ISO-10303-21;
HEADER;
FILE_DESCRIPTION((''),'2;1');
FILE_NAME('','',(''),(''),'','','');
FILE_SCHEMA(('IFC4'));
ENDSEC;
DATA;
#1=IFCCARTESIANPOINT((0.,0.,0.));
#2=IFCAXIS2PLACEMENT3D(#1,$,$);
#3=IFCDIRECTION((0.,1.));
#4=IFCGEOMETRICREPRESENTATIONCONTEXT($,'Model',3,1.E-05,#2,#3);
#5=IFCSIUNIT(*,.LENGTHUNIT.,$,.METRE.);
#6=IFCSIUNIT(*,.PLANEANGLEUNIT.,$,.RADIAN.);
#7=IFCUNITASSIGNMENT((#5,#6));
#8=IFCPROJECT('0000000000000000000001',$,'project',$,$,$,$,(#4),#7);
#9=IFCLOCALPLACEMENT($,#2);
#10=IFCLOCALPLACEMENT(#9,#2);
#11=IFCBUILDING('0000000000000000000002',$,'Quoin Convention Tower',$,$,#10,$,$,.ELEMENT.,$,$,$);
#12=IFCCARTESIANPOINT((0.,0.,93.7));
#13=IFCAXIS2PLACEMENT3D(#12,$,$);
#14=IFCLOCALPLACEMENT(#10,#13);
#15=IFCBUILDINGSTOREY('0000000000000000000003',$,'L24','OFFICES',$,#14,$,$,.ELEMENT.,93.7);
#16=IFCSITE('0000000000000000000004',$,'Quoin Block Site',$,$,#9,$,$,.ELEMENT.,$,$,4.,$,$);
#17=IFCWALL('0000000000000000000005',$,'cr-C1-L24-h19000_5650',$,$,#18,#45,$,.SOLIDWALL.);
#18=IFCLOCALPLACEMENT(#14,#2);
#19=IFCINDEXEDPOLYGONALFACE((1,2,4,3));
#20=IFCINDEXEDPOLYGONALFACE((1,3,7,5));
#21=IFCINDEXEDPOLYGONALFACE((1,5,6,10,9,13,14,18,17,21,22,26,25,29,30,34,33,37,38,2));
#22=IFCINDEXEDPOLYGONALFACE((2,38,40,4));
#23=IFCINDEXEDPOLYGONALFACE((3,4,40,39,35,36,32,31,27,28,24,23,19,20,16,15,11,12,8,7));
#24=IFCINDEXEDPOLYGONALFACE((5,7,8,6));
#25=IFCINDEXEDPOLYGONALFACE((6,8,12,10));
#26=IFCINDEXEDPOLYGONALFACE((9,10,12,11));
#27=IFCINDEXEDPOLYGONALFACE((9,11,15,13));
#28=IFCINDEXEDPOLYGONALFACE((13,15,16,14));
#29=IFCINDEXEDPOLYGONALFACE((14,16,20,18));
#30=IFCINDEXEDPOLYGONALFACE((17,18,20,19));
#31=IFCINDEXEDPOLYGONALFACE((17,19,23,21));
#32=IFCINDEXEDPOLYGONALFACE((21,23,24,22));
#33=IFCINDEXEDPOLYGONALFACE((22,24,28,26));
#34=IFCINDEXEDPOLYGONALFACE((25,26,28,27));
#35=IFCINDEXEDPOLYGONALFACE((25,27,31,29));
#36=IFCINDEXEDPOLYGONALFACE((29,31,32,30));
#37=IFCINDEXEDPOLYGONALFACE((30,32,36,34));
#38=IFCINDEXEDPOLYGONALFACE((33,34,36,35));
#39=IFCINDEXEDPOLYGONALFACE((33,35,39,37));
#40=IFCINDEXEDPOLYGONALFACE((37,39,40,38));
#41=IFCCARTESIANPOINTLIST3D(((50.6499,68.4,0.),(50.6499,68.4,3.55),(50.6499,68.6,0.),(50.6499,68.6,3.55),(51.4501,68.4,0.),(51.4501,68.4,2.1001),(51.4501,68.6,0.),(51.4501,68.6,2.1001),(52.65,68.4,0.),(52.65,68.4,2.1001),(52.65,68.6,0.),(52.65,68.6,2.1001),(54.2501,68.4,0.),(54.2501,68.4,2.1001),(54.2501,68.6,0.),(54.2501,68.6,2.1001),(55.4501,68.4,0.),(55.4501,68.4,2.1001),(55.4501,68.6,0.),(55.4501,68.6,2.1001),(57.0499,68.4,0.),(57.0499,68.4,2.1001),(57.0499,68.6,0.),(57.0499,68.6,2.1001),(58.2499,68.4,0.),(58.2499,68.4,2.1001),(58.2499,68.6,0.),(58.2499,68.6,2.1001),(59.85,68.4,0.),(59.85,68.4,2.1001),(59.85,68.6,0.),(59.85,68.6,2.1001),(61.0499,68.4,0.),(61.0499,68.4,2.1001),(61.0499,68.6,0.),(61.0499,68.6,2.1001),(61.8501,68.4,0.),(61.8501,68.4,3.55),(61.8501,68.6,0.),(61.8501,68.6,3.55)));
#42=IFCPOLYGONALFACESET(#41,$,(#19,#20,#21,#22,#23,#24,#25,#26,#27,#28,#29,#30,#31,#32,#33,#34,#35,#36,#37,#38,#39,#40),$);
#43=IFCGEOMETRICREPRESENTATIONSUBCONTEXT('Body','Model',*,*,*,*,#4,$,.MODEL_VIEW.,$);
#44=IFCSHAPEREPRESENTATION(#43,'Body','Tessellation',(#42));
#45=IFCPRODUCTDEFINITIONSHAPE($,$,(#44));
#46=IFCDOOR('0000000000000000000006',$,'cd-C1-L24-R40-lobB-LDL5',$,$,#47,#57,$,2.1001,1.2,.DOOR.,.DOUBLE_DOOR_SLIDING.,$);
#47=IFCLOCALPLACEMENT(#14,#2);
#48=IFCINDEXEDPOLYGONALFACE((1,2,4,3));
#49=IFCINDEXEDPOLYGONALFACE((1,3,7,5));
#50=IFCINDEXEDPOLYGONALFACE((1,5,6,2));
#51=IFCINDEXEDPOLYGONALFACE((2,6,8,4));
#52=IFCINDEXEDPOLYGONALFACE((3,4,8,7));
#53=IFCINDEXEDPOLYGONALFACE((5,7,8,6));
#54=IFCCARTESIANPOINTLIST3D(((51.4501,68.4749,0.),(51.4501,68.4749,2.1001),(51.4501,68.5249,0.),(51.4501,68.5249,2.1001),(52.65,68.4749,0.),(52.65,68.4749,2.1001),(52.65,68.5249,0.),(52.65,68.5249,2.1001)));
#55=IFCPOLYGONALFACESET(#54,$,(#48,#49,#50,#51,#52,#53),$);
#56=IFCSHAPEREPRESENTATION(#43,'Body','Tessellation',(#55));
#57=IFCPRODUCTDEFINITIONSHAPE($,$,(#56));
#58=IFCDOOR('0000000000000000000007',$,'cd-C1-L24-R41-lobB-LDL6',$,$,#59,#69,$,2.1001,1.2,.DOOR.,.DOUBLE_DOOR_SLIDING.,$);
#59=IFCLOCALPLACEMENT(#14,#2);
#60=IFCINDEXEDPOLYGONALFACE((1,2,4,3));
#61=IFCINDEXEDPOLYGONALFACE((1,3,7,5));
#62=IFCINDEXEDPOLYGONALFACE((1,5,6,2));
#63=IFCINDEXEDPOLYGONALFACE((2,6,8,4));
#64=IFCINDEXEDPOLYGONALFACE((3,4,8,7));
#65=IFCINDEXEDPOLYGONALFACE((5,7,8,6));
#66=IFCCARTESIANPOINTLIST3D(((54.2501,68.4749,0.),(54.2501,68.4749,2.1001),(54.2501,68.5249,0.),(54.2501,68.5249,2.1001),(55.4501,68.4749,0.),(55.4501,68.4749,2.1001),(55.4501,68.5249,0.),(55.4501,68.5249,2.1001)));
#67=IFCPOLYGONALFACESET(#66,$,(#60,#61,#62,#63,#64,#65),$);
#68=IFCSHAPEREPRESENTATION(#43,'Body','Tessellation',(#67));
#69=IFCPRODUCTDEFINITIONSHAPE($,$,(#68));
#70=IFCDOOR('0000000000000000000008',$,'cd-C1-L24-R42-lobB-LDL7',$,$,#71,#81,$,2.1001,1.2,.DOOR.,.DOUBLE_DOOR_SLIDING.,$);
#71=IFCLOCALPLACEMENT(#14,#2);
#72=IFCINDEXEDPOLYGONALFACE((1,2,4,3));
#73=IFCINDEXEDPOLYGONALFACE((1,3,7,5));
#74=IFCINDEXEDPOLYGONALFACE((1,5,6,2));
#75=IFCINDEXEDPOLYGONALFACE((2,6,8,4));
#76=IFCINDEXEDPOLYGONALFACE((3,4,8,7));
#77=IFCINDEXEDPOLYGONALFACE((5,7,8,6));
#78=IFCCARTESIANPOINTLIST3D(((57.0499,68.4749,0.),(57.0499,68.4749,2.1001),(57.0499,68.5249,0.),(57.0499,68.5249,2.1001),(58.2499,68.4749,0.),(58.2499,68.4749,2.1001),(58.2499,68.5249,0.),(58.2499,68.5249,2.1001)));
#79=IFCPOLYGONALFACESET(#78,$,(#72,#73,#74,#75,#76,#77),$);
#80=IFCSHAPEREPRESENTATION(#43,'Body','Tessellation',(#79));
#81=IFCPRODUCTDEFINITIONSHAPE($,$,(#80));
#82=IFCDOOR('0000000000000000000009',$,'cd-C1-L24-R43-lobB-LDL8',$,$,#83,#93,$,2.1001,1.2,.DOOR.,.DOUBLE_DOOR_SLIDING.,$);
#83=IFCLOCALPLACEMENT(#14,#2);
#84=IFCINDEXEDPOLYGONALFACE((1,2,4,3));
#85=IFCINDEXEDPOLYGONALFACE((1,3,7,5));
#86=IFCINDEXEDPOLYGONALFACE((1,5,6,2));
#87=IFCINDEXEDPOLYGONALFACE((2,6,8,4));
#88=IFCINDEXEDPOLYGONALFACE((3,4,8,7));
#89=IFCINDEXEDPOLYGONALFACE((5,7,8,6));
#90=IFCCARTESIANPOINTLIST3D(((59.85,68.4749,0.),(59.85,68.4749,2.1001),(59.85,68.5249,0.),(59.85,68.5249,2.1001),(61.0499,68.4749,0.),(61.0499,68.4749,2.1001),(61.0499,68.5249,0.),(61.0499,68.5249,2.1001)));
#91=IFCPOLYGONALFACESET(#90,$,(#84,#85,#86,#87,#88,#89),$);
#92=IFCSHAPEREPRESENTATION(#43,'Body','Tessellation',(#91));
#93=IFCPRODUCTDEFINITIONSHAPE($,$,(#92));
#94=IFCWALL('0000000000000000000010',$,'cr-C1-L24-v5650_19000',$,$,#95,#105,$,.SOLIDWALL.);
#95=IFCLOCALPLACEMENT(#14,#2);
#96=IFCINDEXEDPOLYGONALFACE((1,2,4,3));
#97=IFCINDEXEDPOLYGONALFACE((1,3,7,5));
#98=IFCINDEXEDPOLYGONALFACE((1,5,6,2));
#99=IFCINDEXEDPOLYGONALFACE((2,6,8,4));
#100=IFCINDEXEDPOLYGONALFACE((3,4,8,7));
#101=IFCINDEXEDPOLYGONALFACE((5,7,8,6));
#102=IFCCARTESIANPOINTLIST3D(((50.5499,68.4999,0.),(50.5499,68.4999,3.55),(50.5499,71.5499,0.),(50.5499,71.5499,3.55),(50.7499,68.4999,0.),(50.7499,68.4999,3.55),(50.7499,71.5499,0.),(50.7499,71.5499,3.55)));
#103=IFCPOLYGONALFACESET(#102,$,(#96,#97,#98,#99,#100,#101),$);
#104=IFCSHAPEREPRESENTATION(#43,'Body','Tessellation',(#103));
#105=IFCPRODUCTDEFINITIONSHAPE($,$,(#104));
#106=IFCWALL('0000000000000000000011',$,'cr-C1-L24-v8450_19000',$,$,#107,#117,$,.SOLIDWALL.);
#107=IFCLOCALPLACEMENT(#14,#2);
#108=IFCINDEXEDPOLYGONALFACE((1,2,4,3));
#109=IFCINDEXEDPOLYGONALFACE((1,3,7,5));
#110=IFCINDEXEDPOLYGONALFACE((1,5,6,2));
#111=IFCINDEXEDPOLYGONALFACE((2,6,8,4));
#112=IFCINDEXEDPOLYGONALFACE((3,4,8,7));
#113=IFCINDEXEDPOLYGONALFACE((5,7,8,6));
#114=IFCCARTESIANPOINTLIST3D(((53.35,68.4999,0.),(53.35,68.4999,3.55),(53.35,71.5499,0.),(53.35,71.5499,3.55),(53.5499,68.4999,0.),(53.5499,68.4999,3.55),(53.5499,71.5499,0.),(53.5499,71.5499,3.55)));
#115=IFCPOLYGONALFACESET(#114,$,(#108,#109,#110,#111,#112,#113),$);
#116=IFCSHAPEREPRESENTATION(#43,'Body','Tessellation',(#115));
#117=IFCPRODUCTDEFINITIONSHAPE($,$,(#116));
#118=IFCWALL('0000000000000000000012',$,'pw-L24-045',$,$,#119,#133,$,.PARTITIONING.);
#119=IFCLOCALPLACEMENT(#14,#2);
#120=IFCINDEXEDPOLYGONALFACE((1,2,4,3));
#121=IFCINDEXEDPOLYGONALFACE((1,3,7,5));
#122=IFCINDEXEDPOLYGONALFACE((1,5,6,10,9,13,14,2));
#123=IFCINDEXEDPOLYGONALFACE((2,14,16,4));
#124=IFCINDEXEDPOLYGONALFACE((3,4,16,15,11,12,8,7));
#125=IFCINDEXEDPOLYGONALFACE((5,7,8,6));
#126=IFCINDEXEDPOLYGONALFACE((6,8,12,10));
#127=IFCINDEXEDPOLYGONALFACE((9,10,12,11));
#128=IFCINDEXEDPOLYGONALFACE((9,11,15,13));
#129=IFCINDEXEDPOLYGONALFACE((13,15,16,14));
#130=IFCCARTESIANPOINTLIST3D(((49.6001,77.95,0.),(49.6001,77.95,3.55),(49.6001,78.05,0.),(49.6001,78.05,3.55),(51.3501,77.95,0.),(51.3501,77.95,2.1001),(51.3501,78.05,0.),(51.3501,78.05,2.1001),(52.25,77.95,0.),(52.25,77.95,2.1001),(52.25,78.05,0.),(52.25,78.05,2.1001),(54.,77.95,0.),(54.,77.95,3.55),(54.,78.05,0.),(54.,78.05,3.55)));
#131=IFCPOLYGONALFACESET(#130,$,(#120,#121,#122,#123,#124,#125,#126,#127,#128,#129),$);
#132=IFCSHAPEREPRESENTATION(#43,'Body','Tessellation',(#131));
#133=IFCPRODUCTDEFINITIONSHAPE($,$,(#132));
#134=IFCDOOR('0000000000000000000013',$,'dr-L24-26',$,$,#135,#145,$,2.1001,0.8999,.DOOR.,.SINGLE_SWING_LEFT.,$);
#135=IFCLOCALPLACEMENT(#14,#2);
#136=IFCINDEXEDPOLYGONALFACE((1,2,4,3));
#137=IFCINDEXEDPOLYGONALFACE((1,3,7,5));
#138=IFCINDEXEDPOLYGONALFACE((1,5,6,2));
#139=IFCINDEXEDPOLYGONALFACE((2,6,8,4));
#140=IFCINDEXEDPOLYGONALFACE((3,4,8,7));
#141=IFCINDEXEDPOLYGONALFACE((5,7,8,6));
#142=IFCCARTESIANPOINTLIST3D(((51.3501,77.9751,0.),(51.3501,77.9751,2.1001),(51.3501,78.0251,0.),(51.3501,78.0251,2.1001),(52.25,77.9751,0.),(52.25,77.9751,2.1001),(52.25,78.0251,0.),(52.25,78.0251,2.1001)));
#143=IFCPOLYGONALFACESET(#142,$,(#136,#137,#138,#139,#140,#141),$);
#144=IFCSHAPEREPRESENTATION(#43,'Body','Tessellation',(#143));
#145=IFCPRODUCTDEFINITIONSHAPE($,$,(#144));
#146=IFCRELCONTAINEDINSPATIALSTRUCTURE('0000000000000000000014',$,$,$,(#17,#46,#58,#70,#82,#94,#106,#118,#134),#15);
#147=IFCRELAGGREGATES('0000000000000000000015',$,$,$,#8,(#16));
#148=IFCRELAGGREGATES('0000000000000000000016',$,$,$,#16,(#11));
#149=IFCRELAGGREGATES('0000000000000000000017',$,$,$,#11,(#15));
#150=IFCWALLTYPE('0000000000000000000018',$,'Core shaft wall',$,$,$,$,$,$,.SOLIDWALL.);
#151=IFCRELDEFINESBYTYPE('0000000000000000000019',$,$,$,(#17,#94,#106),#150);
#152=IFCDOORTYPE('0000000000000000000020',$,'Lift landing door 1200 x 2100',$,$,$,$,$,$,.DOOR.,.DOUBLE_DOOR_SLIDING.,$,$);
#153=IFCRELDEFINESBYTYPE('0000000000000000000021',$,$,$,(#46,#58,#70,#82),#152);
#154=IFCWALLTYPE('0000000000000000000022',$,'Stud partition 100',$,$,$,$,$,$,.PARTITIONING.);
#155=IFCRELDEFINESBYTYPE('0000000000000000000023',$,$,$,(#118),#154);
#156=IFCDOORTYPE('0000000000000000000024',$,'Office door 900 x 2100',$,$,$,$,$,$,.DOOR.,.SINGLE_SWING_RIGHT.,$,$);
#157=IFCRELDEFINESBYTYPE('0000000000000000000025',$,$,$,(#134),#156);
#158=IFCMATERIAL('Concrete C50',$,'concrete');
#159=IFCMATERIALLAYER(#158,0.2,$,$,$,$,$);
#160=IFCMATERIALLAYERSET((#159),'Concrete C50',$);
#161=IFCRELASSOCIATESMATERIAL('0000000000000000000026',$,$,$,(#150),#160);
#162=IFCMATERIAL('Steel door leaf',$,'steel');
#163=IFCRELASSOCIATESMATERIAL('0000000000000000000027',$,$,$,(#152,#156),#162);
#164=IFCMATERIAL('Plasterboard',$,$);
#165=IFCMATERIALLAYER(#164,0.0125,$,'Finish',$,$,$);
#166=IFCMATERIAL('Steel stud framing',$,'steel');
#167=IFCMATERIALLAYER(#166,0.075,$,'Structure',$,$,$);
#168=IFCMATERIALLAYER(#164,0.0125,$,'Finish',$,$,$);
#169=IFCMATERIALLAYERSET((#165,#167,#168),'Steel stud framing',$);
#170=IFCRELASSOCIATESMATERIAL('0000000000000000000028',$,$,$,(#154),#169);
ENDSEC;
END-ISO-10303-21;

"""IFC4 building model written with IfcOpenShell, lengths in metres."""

from ifc_helpers import new_model, si_unit, direction, frame, frame_2d, origin, place, context, subcontext, project, spatial, rectangle, extrude, material, layer, layer_set, type_object, element, fill, save


model = new_model("IFC4")

# Units and contexts
model_context = context("Model", 3, precision=1e-05, world=origin(), true_north=direction((0.0, 1.0)))
body_context = subcontext(model_context, "Body", "Model", "MODEL_VIEW")
ifc_project = project(units=[si_unit("LENGTHUNIT", "METRE"), si_unit("PLANEANGLEUNIT", "RADIAN")], contexts=[model_context])

# Site, building, storey
site_placement = place(None, origin())
site = spatial("IfcSite", under=ifc_project, at=site_placement, Name="Quoin Block Site", CompositionType="ELEMENT", RefElevation=4.0)
building_placement = place(site_placement, origin())
building = spatial("IfcBuilding", under=site, at=building_placement, Name="Quoin Convention Tower", CompositionType="ELEMENT")
storey_placement = place(building_placement, frame((0.0, 0.0, 93.7)))
storey = spatial("IfcBuildingStorey", under=building, at=storey_placement, Name="L24", Description="OFFICES", CompositionType="ELEMENT", Elevation=93.7)

# Wall, openings, doors
ifc_material_1 = material(Name="Concrete C50", Category="concrete")
ifc_layer_1 = layer(ifc_material_1, 0.2)
ifc_layer_set_1 = layer_set([ifc_layer_1], Name="Concrete C50")
wall_type_1 = type_object("IfcWallType", Name="Core shaft wall", PredefinedType="SOLIDWALL", material=ifc_layer_set_1)
wall_1_placement = place(storey_placement, frame((50.6499, 68.5, 0.0), z_axis=(0.0, 0.0, 1.0), x_axis=(1.0, 0.0, 0.0)))
wall_1 = element("IfcWall", 1, at=wall_1_placement, inside=storey, type_object=wall_type_1, Name="cr-C1-L24-h19000_5650", PredefinedType="SOLIDWALL", context=body_context, shape_type="SweptSolid", body=[
    extrude(rectangle(XDim=11.2002, YDim=0.2, at=frame_2d((5.6001, 0.0))), origin(), (0.0, 0.0, 1.0), 3.55),
])
opening_1_placement = place(wall_1_placement, frame((0.8, 0.0, 0.0)))
opening_1 = element("IfcOpeningElement", 2, at=opening_1_placement, cuts=wall_1, PredefinedType="OPENING", context=body_context, shape_type="SweptSolid", body=[
    extrude(rectangle(XDim=1.2, YDim=2.1001, at=frame_2d((0.6001, 1.05))), frame((0.0, 0.1099, 0.0), z_axis=(0.0, -1.0, 0.0), x_axis=(1.0, 0.0, 0.0)), (0.0, 0.0, 1.0), 0.22),
])
opening_2_placement = place(wall_1_placement, frame((3.6001, 0.0, 0.0)))
opening_2 = element("IfcOpeningElement", 3, at=opening_2_placement, cuts=wall_1, PredefinedType="OPENING", context=body_context, shape_type="SweptSolid", body=[
    extrude(rectangle(XDim=1.2, YDim=2.1001, at=frame_2d((0.6001, 1.05))), frame((0.0, 0.1099, 0.0), z_axis=(0.0, -1.0, 0.0), x_axis=(1.0, 0.0, 0.0)), (0.0, 0.0, 1.0), 0.22),
])
opening_3_placement = place(wall_1_placement, frame((6.3999, 0.0, 0.0)))
opening_3 = element("IfcOpeningElement", 4, at=opening_3_placement, cuts=wall_1, PredefinedType="OPENING", context=body_context, shape_type="SweptSolid", body=[
    extrude(rectangle(XDim=1.2, YDim=2.1001, at=frame_2d((0.6001, 1.05))), frame((0.0, 0.1099, 0.0), z_axis=(0.0, -1.0, 0.0), x_axis=(1.0, 0.0, 0.0)), (0.0, 0.0, 1.0), 0.22),
])
opening_4_placement = place(wall_1_placement, frame((9.2, 0.0, 0.0)))
opening_4 = element("IfcOpeningElement", 5, at=opening_4_placement, cuts=wall_1, PredefinedType="OPENING", context=body_context, shape_type="SweptSolid", body=[
    extrude(rectangle(XDim=1.2, YDim=2.1001, at=frame_2d((0.6001, 1.05))), frame((0.0, 0.1099, 0.0), z_axis=(0.0, -1.0, 0.0), x_axis=(1.0, 0.0, 0.0)), (0.0, 0.0, 1.0), 0.22),
])
ifc_material_2 = material(Name="Steel door leaf", Category="steel")
door_type_1 = type_object("IfcDoorType", Name="Lift landing door 1200 x 2100", OperationType="DOUBLE_DOOR_SLIDING", PredefinedType="DOOR", material=ifc_material_2)
door_1_placement = place(opening_1_placement, origin())
door_1 = element("IfcDoor", 6, at=door_1_placement, inside=storey, type_object=door_type_1, Name="cd-C1-L24-R40-lobB-LDL5", OperationType="DOUBLE_DOOR_SLIDING", OverallHeight=2.1001, OverallWidth=1.2, PredefinedType="DOOR", context=body_context, shape_type="SweptSolid", body=[
    extrude(rectangle(XDim=1.2, YDim=2.1001, at=frame_2d((0.6001, 1.05))), frame((0.0, 0.0249, 0.0), z_axis=(0.0, -1.0, 0.0), x_axis=(1.0, 0.0, 0.0)), (0.0, 0.0, 1.0), 0.05),
])
fill(opening_1, door_1)
door_2_placement = place(opening_2_placement, origin())
door_2 = element("IfcDoor", 7, at=door_2_placement, inside=storey, type_object=door_type_1, Name="cd-C1-L24-R41-lobB-LDL6", OperationType="DOUBLE_DOOR_SLIDING", OverallHeight=2.1001, OverallWidth=1.2, PredefinedType="DOOR", context=body_context, shape_type="SweptSolid", body=[
    extrude(rectangle(XDim=1.2, YDim=2.1001, at=frame_2d((0.6001, 1.05))), frame((0.0, 0.0249, 0.0), z_axis=(0.0, -1.0, 0.0), x_axis=(1.0, 0.0, 0.0)), (0.0, 0.0, 1.0), 0.05),
])
fill(opening_2, door_2)
door_3_placement = place(opening_3_placement, origin())
door_3 = element("IfcDoor", 8, at=door_3_placement, inside=storey, type_object=door_type_1, Name="cd-C1-L24-R42-lobB-LDL7", OperationType="DOUBLE_DOOR_SLIDING", OverallHeight=2.1001, OverallWidth=1.2, PredefinedType="DOOR", context=body_context, shape_type="SweptSolid", body=[
    extrude(rectangle(XDim=1.2, YDim=2.1001, at=frame_2d((0.6001, 1.05))), frame((0.0, 0.0249, 0.0), z_axis=(0.0, -1.0, 0.0), x_axis=(1.0, 0.0, 0.0)), (0.0, 0.0, 1.0), 0.05),
])
fill(opening_3, door_3)
door_4_placement = place(opening_4_placement, origin())
door_4 = element("IfcDoor", 9, at=door_4_placement, inside=storey, type_object=door_type_1, Name="cd-C1-L24-R43-lobB-LDL8", OperationType="DOUBLE_DOOR_SLIDING", OverallHeight=2.1001, OverallWidth=1.2, PredefinedType="DOOR", context=body_context, shape_type="SweptSolid", body=[
    extrude(rectangle(XDim=1.2, YDim=2.1001, at=frame_2d((0.6001, 1.05))), frame((0.0, 0.0249, 0.0), z_axis=(0.0, -1.0, 0.0), x_axis=(1.0, 0.0, 0.0)), (0.0, 0.0, 1.0), 0.05),
])
fill(opening_4, door_4)

# Walls
for number, where, z_axis, x_axis, name in (
    (10, (50.6499, 68.5, 0.0), (0.0, 0.0, 1.0), (0.0, 1.0, 0.0), "cr-C1-L24-v5650_19000"),
    (11, (53.45, 68.5, 0.0), (0.0, 0.0, 1.0), (0.0, 1.0, 0.0), "cr-C1-L24-v8450_19000"),
):
    element("IfcWall", number, at=place(storey_placement, frame(where, z_axis=z_axis, x_axis=x_axis)), inside=storey, type_object=wall_type_1, Name=name, PredefinedType="SOLIDWALL", context=body_context, shape_type="SweptSolid", body=[
        extrude(rectangle(XDim=3.05, YDim=0.2, at=frame_2d((1.5249, 0.0))), origin(), (0.0, 0.0, 1.0), 3.55),
    ])

# Wall, opening, door
ifc_material_3 = material(Name="Plasterboard")
ifc_layer_2 = layer(ifc_material_3, 0.0125, Name="Finish")
ifc_material_4 = material(Name="Steel stud framing", Category="steel")
ifc_layer_3 = layer(ifc_material_4, 0.075, Name="Structure")
ifc_layer_4 = layer(ifc_material_3, 0.0125, Name="Finish")
ifc_layer_set_2 = layer_set([ifc_layer_2, ifc_layer_3, ifc_layer_4], Name="Steel stud framing")
wall_type_2 = type_object("IfcWallType", Name="Stud partition 100", PredefinedType="PARTITIONING", material=ifc_layer_set_2)
wall_2_placement = place(storey_placement, frame((49.6001, 78.0, 0.0), z_axis=(0.0, 0.0, 1.0), x_axis=(1.0, 0.0, 0.0)))
wall_2 = element("IfcWall", 12, at=wall_2_placement, inside=storey, type_object=wall_type_2, Name="pw-L24-045", PredefinedType="PARTITIONING", context=body_context, shape_type="SweptSolid", body=[
    extrude(rectangle(XDim=4.3999, YDim=0.1001, at=frame_2d((2.2, 0.0))), origin(), (0.0, 0.0, 1.0), 3.55),
])
opening_5_placement = place(wall_2_placement, frame((1.75, 0.0, 0.0)))
opening_5 = element("IfcOpeningElement", 13, at=opening_5_placement, cuts=wall_2, PredefinedType="OPENING", context=body_context, shape_type="SweptSolid", body=[
    extrude(rectangle(XDim=0.8999, YDim=2.1001, at=frame_2d((0.45, 1.05))), frame((0.0, 0.0601, 0.0), z_axis=(0.0, -1.0, 0.0), x_axis=(1.0, 0.0, 0.0)), (0.0, 0.0, 1.0), 0.1201),
])
door_type_2 = type_object("IfcDoorType", Name="Office door 900 x 2100", OperationType="SINGLE_SWING_RIGHT", PredefinedType="DOOR", material=ifc_material_2)
door_5_placement = place(opening_5_placement, frame((0.8999, 0.0, 0.0), z_axis=(0.0, 0.0, 1.0), x_axis=(-1.0, 0.0, 0.0)))
door_5 = element("IfcDoor", 14, at=door_5_placement, inside=storey, type_object=door_type_2, Name="dr-L24-26", OperationType="SINGLE_SWING_LEFT", OverallHeight=2.1001, OverallWidth=0.8999, PredefinedType="DOOR", context=body_context, shape_type="SweptSolid", body=[
    extrude(rectangle(XDim=0.8999, YDim=2.1001, at=frame_2d((0.45, 1.05))), frame((0.0, 0.0249, 0.0), z_axis=(0.0, -1.0, 0.0), x_axis=(1.0, 0.0, 0.0)), (0.0, 0.0, 1.0), 0.05),
])
fill(opening_5, door_5)

save(model, "model.ifc")
